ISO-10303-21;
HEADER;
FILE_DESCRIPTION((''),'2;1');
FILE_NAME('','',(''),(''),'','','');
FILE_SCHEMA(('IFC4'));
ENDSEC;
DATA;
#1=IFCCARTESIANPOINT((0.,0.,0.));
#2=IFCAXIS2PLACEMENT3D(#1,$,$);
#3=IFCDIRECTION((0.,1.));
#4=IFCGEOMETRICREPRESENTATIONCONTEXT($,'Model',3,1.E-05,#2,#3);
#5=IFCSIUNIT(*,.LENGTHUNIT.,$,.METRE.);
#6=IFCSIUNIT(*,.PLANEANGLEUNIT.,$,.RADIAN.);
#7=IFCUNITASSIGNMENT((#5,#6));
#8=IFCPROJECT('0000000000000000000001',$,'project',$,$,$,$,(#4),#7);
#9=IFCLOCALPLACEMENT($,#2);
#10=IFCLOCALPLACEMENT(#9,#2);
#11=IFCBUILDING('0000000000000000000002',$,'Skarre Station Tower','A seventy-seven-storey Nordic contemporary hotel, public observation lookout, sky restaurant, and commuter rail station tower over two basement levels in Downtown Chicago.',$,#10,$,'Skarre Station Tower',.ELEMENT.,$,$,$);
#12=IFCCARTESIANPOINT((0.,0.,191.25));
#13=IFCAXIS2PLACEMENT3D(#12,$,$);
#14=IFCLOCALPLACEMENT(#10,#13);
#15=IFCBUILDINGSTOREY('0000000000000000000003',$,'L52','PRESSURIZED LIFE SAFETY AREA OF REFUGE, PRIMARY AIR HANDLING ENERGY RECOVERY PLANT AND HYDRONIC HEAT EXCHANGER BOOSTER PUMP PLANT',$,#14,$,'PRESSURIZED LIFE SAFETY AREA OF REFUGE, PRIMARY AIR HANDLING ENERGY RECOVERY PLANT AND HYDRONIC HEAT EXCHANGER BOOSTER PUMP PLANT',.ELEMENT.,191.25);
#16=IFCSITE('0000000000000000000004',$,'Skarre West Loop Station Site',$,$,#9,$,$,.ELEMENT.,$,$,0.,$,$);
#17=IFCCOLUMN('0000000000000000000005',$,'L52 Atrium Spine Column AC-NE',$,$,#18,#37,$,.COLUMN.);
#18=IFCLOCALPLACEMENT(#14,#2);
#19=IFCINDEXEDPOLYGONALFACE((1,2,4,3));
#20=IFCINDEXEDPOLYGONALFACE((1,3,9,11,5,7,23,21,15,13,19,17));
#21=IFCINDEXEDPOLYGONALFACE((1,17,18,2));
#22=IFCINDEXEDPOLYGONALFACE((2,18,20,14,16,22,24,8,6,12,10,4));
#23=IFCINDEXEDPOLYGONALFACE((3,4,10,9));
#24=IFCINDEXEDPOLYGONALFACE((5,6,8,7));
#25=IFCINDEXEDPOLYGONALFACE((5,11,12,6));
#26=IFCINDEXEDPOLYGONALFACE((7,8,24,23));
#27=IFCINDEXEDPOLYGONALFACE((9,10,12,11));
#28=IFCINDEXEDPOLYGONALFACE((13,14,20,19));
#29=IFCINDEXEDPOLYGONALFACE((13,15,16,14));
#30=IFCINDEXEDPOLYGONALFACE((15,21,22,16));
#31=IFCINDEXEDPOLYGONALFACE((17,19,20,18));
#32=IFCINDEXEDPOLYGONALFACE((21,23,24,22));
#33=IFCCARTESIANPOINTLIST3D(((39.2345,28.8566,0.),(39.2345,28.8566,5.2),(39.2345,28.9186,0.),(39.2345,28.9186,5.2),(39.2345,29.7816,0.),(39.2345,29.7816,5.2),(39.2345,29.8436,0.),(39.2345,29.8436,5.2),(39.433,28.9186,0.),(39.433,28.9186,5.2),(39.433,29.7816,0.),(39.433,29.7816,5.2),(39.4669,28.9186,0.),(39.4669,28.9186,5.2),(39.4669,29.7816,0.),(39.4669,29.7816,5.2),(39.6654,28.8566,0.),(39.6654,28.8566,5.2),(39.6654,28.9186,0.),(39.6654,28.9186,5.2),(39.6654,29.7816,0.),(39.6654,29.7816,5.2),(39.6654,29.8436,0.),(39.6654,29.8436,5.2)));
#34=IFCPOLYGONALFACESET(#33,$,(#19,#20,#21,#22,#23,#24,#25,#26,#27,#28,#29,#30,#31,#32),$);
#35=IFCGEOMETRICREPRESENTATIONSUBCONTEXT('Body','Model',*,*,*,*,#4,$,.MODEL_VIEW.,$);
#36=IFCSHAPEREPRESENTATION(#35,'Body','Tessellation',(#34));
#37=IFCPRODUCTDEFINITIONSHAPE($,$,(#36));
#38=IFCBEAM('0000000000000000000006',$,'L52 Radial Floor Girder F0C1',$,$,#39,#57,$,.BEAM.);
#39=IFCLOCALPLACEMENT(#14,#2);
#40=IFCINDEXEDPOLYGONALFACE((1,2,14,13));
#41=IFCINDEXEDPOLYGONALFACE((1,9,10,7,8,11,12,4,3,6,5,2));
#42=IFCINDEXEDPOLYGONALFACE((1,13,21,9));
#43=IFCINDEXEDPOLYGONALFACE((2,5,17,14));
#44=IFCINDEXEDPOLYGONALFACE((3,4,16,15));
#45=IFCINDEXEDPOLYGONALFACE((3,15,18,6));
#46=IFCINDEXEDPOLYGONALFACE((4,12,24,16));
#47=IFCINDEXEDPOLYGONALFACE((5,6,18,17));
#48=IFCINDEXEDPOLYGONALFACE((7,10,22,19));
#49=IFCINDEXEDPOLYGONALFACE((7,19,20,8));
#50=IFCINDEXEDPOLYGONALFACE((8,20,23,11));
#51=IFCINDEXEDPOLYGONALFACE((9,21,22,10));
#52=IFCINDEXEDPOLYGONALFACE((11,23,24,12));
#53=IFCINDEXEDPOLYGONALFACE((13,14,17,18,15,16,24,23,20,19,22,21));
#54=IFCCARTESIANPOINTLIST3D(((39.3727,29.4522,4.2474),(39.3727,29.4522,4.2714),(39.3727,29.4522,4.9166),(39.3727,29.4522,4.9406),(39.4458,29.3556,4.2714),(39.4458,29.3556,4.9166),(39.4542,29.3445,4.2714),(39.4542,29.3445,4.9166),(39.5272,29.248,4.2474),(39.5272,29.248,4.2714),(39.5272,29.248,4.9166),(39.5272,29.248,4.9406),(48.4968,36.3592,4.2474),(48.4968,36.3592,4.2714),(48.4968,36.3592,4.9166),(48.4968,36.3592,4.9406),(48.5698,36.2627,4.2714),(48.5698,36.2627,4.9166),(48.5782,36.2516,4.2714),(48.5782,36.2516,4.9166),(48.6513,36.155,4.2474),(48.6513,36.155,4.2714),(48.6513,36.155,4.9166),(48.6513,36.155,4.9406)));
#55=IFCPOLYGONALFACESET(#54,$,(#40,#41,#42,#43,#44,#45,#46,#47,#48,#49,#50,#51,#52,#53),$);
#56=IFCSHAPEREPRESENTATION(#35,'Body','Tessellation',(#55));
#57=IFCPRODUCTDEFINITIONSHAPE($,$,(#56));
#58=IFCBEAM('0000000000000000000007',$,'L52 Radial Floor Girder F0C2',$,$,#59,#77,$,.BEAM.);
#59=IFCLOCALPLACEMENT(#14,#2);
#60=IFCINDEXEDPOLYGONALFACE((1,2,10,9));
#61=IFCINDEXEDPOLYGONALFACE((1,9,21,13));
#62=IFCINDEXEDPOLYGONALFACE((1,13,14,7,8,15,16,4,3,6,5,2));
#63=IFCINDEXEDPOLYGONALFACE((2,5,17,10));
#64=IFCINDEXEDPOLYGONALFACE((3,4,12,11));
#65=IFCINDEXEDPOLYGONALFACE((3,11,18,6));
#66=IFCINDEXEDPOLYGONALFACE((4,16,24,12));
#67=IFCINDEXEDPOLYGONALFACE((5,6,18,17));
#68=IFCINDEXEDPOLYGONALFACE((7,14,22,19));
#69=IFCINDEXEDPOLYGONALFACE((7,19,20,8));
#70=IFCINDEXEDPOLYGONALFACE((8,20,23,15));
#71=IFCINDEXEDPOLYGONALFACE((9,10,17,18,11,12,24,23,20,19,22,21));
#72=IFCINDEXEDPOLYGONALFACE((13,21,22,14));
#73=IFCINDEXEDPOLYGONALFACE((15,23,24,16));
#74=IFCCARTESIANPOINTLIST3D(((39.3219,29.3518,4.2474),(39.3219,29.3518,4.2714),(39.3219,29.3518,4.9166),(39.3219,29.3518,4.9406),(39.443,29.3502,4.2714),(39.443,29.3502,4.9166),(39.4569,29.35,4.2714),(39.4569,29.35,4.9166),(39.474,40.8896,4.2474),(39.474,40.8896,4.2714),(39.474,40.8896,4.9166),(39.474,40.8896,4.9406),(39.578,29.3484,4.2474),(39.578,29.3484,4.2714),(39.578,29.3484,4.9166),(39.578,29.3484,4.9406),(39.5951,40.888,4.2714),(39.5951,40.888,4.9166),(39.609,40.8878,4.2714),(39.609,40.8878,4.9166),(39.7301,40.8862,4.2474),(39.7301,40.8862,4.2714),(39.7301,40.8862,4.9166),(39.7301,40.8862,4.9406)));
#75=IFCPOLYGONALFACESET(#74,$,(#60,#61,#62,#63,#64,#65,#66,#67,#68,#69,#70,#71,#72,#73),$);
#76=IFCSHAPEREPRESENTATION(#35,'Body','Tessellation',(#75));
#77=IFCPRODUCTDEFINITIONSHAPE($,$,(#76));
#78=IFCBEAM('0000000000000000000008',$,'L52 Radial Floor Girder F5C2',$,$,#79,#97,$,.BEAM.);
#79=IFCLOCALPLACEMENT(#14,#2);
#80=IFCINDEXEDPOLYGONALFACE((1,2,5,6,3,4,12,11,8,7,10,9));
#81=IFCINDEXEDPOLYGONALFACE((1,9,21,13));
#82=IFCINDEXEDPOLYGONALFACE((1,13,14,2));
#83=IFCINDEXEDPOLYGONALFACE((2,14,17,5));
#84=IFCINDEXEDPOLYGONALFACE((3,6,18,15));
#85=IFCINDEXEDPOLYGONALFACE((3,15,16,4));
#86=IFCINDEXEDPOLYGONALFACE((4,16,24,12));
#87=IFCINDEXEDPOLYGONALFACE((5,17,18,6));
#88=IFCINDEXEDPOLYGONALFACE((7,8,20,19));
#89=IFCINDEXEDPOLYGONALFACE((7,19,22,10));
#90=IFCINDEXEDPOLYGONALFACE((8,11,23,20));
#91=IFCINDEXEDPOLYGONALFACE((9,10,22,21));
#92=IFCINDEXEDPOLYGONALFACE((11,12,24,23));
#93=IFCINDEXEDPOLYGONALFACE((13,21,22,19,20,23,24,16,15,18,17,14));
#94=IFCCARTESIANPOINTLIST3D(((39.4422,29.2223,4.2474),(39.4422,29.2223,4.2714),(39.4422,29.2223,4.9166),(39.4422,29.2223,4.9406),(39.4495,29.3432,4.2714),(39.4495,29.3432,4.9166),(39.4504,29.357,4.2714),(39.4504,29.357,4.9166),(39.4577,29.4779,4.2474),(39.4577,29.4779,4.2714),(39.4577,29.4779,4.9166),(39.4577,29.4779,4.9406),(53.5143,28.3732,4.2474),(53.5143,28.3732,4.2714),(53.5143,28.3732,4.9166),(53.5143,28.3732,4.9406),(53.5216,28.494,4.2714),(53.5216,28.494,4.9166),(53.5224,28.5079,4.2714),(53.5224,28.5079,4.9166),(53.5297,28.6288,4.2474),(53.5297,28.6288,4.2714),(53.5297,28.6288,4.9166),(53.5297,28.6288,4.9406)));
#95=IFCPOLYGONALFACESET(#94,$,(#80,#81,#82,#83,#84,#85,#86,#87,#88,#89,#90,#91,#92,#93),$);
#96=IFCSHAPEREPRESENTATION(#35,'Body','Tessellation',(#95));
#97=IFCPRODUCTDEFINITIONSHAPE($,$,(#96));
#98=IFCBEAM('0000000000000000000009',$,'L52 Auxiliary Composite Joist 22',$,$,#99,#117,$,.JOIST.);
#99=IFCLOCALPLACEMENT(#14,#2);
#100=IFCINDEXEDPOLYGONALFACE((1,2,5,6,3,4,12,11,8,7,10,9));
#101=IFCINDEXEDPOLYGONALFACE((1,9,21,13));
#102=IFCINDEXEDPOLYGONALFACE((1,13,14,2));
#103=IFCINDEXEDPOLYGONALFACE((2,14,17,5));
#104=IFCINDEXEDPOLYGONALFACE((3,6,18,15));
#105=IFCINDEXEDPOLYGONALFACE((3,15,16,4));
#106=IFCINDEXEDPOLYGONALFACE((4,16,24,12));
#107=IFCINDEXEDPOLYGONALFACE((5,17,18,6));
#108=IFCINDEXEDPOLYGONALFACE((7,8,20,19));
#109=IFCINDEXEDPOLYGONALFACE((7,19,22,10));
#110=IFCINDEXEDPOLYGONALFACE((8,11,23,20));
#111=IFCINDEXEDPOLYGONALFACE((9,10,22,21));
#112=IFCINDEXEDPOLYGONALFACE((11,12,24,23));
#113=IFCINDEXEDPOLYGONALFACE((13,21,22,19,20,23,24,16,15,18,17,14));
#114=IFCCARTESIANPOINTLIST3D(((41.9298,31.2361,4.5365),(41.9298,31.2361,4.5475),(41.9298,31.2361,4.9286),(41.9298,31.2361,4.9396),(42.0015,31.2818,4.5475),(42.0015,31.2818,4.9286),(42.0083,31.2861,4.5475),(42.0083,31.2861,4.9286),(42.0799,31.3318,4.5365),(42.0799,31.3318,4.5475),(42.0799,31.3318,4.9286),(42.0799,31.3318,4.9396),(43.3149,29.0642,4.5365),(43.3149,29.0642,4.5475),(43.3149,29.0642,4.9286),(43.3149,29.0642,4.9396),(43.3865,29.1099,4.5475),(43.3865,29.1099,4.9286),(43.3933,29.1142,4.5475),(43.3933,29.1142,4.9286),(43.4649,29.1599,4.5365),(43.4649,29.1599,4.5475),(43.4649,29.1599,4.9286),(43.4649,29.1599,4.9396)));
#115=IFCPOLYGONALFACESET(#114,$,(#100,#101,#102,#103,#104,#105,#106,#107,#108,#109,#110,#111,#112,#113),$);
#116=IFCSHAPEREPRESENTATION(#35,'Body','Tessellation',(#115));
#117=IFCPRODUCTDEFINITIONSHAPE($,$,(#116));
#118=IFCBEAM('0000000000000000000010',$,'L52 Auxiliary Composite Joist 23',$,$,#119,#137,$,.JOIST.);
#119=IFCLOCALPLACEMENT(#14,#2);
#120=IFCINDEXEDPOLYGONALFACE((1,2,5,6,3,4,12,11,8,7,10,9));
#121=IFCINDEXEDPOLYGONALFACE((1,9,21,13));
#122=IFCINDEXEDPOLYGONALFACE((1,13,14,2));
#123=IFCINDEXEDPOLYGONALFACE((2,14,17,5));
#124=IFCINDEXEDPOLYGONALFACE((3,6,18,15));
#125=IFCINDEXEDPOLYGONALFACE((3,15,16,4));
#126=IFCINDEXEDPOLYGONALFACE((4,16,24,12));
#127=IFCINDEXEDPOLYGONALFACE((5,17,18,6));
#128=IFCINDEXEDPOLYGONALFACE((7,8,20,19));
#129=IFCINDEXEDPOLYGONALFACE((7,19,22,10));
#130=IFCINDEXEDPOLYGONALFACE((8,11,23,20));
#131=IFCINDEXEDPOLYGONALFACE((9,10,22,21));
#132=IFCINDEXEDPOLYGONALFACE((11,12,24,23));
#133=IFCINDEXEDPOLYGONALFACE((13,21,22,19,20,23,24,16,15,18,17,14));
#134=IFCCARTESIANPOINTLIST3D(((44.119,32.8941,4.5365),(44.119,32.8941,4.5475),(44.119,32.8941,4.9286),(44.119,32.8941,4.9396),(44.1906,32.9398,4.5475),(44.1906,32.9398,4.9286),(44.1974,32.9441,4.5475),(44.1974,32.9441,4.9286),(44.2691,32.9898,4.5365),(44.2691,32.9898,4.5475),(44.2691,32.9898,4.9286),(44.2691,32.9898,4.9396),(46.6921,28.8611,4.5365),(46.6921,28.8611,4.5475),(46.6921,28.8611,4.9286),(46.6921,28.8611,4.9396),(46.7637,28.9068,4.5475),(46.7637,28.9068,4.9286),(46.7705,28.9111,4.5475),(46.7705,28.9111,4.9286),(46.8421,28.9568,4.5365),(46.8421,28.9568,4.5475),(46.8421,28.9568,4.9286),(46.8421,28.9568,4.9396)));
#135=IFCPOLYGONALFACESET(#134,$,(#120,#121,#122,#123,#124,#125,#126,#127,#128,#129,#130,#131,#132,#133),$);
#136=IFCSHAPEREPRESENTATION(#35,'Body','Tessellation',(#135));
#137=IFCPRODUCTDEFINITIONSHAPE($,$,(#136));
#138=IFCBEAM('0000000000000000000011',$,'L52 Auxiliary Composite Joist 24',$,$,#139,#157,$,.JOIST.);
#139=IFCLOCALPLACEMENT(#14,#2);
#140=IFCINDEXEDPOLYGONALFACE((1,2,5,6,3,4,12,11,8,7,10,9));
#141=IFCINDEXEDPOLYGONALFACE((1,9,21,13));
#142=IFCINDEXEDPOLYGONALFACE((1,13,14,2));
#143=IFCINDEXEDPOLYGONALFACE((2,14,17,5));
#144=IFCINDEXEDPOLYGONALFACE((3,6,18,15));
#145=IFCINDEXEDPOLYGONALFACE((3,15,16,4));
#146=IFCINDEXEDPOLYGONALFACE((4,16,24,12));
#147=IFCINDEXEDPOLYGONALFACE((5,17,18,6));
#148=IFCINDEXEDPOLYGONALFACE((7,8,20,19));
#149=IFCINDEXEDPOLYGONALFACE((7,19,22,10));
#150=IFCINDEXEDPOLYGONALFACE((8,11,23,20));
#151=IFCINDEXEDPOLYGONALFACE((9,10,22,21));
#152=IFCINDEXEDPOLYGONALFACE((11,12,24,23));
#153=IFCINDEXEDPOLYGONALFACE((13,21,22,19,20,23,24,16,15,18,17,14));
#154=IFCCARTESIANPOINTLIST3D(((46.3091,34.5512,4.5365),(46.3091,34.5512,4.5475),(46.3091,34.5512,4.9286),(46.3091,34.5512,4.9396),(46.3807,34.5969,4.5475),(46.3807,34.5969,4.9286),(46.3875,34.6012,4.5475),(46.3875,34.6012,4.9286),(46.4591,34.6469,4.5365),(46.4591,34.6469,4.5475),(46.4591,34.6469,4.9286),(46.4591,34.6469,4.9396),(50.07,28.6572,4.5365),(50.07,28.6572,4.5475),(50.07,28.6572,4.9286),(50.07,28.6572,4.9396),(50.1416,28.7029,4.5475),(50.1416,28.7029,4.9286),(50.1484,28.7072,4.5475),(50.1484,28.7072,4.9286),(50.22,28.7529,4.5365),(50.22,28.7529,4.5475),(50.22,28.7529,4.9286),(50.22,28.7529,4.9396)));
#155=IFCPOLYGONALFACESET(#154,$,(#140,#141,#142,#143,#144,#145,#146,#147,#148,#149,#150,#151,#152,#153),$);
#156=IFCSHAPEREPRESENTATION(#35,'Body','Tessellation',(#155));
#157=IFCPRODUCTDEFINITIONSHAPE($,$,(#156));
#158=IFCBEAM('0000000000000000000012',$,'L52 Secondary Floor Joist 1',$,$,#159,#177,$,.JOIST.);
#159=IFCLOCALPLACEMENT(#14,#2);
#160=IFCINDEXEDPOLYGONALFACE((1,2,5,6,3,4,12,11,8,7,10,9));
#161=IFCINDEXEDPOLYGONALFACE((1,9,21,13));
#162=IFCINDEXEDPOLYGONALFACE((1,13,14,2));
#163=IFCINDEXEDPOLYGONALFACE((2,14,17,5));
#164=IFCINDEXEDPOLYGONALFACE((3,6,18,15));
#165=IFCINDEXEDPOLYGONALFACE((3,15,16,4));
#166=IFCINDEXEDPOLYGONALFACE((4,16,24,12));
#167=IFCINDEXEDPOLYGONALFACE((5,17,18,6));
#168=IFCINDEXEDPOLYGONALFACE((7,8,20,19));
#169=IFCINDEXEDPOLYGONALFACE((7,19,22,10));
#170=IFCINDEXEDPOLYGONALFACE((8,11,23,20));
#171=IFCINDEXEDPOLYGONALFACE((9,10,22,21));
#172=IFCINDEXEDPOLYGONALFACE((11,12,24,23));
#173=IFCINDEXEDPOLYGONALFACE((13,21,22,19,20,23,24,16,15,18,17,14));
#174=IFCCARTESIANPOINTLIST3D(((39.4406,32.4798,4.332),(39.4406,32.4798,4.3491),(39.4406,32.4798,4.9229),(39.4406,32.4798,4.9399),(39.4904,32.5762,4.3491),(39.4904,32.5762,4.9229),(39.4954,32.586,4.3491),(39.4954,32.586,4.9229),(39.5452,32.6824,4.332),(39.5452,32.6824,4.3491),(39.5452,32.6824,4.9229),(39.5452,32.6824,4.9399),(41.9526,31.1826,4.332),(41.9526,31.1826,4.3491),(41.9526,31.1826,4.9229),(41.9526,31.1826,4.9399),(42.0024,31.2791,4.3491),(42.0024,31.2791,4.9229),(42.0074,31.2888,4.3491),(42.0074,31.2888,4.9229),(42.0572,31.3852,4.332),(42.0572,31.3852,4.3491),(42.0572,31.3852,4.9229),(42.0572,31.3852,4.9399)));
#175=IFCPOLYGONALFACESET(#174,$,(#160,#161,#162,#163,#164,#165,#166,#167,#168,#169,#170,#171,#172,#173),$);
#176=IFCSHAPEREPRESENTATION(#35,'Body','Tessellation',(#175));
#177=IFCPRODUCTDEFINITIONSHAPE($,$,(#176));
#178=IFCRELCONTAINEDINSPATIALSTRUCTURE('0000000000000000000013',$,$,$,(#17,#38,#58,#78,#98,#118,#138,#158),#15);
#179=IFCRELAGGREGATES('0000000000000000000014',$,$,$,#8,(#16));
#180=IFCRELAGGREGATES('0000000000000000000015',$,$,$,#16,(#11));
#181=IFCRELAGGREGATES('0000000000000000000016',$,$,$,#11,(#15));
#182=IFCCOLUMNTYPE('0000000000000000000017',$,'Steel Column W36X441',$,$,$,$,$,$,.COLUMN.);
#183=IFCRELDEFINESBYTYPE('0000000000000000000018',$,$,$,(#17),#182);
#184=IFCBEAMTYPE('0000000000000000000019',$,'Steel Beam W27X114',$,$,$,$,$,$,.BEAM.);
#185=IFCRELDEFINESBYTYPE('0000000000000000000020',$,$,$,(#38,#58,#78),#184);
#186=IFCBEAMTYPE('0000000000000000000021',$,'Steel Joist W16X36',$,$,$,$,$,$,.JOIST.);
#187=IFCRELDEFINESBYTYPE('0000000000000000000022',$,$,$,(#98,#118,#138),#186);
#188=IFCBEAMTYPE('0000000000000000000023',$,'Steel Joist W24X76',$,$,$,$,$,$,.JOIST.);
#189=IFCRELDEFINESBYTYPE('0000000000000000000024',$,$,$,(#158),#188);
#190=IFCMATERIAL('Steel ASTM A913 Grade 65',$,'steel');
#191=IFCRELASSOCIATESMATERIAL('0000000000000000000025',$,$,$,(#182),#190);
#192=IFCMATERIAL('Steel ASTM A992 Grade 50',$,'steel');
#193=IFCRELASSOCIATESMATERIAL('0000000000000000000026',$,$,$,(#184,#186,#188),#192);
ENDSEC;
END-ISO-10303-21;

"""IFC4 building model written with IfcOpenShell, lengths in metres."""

from ifc_helpers import new_model, si_unit, direction, frame, origin, origin_2d, place, context, subcontext, project, spatial, i_section, extrude, material, material_profile, profile_set, type_object, element, save


model = new_model("IFC4")

# Units and contexts
model_context = context("Model", 3, precision=1e-05, world=origin(), true_north=direction((0.0, 1.0)))
body_context = subcontext(model_context, "Body", "Model", "MODEL_VIEW")
ifc_project = project(units=[si_unit("LENGTHUNIT", "METRE"), si_unit("PLANEANGLEUNIT", "RADIAN")], contexts=[model_context])

# Site, building, storey
site_placement = place(None, origin())
site = spatial("IfcSite", under=ifc_project, at=site_placement, Name="Skarre West Loop Station Site", CompositionType="ELEMENT", RefElevation=0.0)
building_placement = place(site_placement, origin())
building = spatial("IfcBuilding", under=site, at=building_placement, Name="Skarre Station Tower", Description="A seventy-seven-storey Nordic contemporary hotel, public observation lookout, sky restaurant, and commuter rail station tower over two basement levels in Downtown Chicago.", LongName="Skarre Station Tower", CompositionType="ELEMENT")
storey_placement = place(building_placement, frame((0.0, 0.0, 191.25)))
storey = spatial("IfcBuildingStorey", under=building, at=storey_placement, Name="L52", Description="PRESSURIZED LIFE SAFETY AREA OF REFUGE, PRIMARY AIR HANDLING ENERGY RECOVERY PLANT AND HYDRONIC HEAT EXCHANGER BOOSTER PUMP PLANT", LongName="PRESSURIZED LIFE SAFETY AREA OF REFUGE, PRIMARY AIR HANDLING ENERGY RECOVERY PLANT AND HYDRONIC HEAT EXCHANGER BOOSTER PUMP PLANT", CompositionType="ELEMENT", Elevation=191.25)

# Column
ifc_material_1 = material(Name="Steel ASTM A913 Grade 65", Category="steel")
ifc_material_profile_1 = material_profile(ifc_material_1, i_section(OverallWidth=0.4309, OverallDepth=0.9871, WebThickness=0.0339, FlangeThickness=0.062, at=origin_2d()), Name="Steel ASTM A913 Grade 65")
ifc_profile_set_1 = profile_set([ifc_material_profile_1], Name="Steel ASTM A913 Grade 65")
column_type = type_object("IfcColumnType", Name="Steel Column W36X441", PredefinedType="COLUMN", material=ifc_profile_set_1)
column_placement = place(storey_placement, frame((39.45, 29.3501, 0.0), z_axis=(0.0, 0.0, 1.0), x_axis=(1.0, 0.0, 0.0)))
element("IfcColumn", 1, at=column_placement, inside=storey, type_object=column_type, Name="L52 Atrium Spine Column AC-NE", PredefinedType="COLUMN", context=body_context, shape_type="SweptSolid", body=[
    extrude(i_section(OverallWidth=0.4309, OverallDepth=0.9871, WebThickness=0.0339, FlangeThickness=0.062, at=origin_2d()), origin(), (0.0, 0.0, 1.0), 5.2),
])

# Beams
ifc_material_2 = material(Name="Steel ASTM A992 Grade 50", Category="steel")
ifc_material_profile_2 = material_profile(ifc_material_2, i_section(OverallWidth=0.2561, OverallDepth=0.6931, WebThickness=0.0139, FlangeThickness=0.0239, at=origin_2d()), Name="Steel ASTM A992 Grade 50")
ifc_profile_set_2 = profile_set([ifc_material_profile_2], Name="Steel ASTM A992 Grade 50")
beam_type_1 = type_object("IfcBeamType", Name="Steel Beam W27X114", PredefinedType="BEAM", material=ifc_profile_set_2)
beam_1_placement = place(storey_placement, frame((39.45, 29.3501, 4.594), z_axis=(0.797309, 0.603571, 0.0), x_axis=(-0.603571, 0.797309, 0.0)))
element("IfcBeam", 2, at=beam_1_placement, inside=storey, type_object=beam_type_1, Name="L52 Radial Floor Girder F0C1", PredefinedType="BEAM", context=body_context, shape_type="SweptSolid", body=[
    extrude(i_section(OverallWidth=0.2561, OverallDepth=0.6931, WebThickness=0.0139, FlangeThickness=0.0239, at=origin_2d()), origin(), (0.0, 0.0, 1.0), 11.4436),
])
beam_2_placement = place(storey_placement, frame((39.45, 29.3501, 4.594), z_axis=(0.013182, 0.999913, 0.0), x_axis=(-0.999913, 0.013182, 0.0)))
element("IfcBeam", 3, at=beam_2_placement, inside=storey, type_object=beam_type_1, Name="L52 Radial Floor Girder F0C2", PredefinedType="BEAM", context=body_context, shape_type="SweptSolid", body=[
    extrude(i_section(OverallWidth=0.2561, OverallDepth=0.6931, WebThickness=0.0139, FlangeThickness=0.0239, at=origin_2d()), origin(), (0.0, 0.0, 1.0), 11.5388),
])
beam_3_placement = place(storey_placement, frame((39.45, 29.3501, 4.594), z_axis=(0.998184, -0.060232, 0.0), x_axis=(0.060232, 0.998184, 0.0)))
element("IfcBeam", 4, at=beam_3_placement, inside=storey, type_object=beam_type_1, Name="L52 Radial Floor Girder F5C2", PredefinedType="BEAM", context=body_context, shape_type="SweptSolid", body=[
    extrude(i_section(OverallWidth=0.2561, OverallDepth=0.6931, WebThickness=0.0139, FlangeThickness=0.0239, at=origin_2d()), origin(), (0.0, 0.0, 1.0), 14.0977),
])
ifc_material_profile_3 = material_profile(ifc_material_2, i_section(OverallWidth=0.178, OverallDepth=0.4031, WebThickness=0.0081, FlangeThickness=0.011, at=origin_2d()), Name="Steel ASTM A992 Grade 50")
ifc_profile_set_3 = profile_set([ifc_material_profile_3], Name="Steel ASTM A992 Grade 50")
beam_type_2 = type_object("IfcBeamType", Name="Steel Joist W16X36", PredefinedType="JOIST", material=ifc_profile_set_3)
beam_4_placement = place(storey_placement, frame((43.3899, 29.1121, 4.738), z_axis=(-0.537679, 0.84315, 0.0), x_axis=(-0.84315, -0.537679, 0.0)))
element("IfcBeam", 5, at=beam_4_placement, inside=storey, type_object=beam_type_2, Name="L52 Auxiliary Composite Joist 22", PredefinedType="JOIST", context=body_context, shape_type="SweptSolid", body=[
    extrude(i_section(OverallWidth=0.178, OverallDepth=0.4031, WebThickness=0.0081, FlangeThickness=0.011, at=origin_2d()), origin(), (0.0, 0.0, 1.0), 2.5759),
])
beam_5_placement = place(storey_placement, frame((46.7671, 28.9089, 4.738), z_axis=(-0.537853, 0.843039, 0.0), x_axis=(-0.843039, -0.537853, 0.0)))
element("IfcBeam", 6, at=beam_5_placement, inside=storey, type_object=beam_type_2, Name="L52 Auxiliary Composite Joist 23", PredefinedType="JOIST", context=body_context, shape_type="SweptSolid", body=[
    extrude(i_section(OverallWidth=0.178, OverallDepth=0.4031, WebThickness=0.0081, FlangeThickness=0.011, at=origin_2d()), origin(), (0.0, 0.0, 1.0), 4.7839),
])
beam_6_placement = place(storey_placement, frame((50.145, 28.7051, 4.738), z_axis=(-0.537917, 0.842998, 0.0), x_axis=(-0.842998, -0.537917, 0.0)))
element("IfcBeam", 7, at=beam_6_placement, inside=storey, type_object=beam_type_2, Name="L52 Auxiliary Composite Joist 24", PredefinedType="JOIST", context=body_context, shape_type="SweptSolid", body=[
    extrude(i_section(OverallWidth=0.178, OverallDepth=0.4031, WebThickness=0.0081, FlangeThickness=0.011, at=origin_2d()), origin(), (0.0, 0.0, 1.0), 6.9917),
])
ifc_material_profile_4 = material_profile(ifc_material_2, i_section(OverallWidth=0.228, OverallDepth=0.6079, WebThickness=0.011, FlangeThickness=0.0171, at=origin_2d()), Name="Steel ASTM A992 Grade 50")
ifc_profile_set_4 = profile_set([ifc_material_profile_4], Name="Steel ASTM A992 Grade 50")
beam_type_3 = type_object("IfcBeamType", Name="Steel Joist W24X76", PredefinedType="JOIST", material=ifc_profile_set_4)
beam_7_placement = place(storey_placement, frame((42.0049, 31.2839, 4.636), z_axis=(-0.888531, 0.458817, 0.0), x_axis=(-0.458817, -0.888531, 0.0)))
element("IfcBeam", 8, at=beam_7_placement, inside=storey, type_object=beam_type_3, Name="L52 Secondary Floor Joist 1", PredefinedType="JOIST", context=body_context, shape_type="SweptSolid", body=[
    extrude(i_section(OverallWidth=0.228, OverallDepth=0.6079, WebThickness=0.011, FlangeThickness=0.0171, at=origin_2d()), origin(), (0.0, 0.0, 1.0), 2.8271),
])

save(model, "model.ifc")
